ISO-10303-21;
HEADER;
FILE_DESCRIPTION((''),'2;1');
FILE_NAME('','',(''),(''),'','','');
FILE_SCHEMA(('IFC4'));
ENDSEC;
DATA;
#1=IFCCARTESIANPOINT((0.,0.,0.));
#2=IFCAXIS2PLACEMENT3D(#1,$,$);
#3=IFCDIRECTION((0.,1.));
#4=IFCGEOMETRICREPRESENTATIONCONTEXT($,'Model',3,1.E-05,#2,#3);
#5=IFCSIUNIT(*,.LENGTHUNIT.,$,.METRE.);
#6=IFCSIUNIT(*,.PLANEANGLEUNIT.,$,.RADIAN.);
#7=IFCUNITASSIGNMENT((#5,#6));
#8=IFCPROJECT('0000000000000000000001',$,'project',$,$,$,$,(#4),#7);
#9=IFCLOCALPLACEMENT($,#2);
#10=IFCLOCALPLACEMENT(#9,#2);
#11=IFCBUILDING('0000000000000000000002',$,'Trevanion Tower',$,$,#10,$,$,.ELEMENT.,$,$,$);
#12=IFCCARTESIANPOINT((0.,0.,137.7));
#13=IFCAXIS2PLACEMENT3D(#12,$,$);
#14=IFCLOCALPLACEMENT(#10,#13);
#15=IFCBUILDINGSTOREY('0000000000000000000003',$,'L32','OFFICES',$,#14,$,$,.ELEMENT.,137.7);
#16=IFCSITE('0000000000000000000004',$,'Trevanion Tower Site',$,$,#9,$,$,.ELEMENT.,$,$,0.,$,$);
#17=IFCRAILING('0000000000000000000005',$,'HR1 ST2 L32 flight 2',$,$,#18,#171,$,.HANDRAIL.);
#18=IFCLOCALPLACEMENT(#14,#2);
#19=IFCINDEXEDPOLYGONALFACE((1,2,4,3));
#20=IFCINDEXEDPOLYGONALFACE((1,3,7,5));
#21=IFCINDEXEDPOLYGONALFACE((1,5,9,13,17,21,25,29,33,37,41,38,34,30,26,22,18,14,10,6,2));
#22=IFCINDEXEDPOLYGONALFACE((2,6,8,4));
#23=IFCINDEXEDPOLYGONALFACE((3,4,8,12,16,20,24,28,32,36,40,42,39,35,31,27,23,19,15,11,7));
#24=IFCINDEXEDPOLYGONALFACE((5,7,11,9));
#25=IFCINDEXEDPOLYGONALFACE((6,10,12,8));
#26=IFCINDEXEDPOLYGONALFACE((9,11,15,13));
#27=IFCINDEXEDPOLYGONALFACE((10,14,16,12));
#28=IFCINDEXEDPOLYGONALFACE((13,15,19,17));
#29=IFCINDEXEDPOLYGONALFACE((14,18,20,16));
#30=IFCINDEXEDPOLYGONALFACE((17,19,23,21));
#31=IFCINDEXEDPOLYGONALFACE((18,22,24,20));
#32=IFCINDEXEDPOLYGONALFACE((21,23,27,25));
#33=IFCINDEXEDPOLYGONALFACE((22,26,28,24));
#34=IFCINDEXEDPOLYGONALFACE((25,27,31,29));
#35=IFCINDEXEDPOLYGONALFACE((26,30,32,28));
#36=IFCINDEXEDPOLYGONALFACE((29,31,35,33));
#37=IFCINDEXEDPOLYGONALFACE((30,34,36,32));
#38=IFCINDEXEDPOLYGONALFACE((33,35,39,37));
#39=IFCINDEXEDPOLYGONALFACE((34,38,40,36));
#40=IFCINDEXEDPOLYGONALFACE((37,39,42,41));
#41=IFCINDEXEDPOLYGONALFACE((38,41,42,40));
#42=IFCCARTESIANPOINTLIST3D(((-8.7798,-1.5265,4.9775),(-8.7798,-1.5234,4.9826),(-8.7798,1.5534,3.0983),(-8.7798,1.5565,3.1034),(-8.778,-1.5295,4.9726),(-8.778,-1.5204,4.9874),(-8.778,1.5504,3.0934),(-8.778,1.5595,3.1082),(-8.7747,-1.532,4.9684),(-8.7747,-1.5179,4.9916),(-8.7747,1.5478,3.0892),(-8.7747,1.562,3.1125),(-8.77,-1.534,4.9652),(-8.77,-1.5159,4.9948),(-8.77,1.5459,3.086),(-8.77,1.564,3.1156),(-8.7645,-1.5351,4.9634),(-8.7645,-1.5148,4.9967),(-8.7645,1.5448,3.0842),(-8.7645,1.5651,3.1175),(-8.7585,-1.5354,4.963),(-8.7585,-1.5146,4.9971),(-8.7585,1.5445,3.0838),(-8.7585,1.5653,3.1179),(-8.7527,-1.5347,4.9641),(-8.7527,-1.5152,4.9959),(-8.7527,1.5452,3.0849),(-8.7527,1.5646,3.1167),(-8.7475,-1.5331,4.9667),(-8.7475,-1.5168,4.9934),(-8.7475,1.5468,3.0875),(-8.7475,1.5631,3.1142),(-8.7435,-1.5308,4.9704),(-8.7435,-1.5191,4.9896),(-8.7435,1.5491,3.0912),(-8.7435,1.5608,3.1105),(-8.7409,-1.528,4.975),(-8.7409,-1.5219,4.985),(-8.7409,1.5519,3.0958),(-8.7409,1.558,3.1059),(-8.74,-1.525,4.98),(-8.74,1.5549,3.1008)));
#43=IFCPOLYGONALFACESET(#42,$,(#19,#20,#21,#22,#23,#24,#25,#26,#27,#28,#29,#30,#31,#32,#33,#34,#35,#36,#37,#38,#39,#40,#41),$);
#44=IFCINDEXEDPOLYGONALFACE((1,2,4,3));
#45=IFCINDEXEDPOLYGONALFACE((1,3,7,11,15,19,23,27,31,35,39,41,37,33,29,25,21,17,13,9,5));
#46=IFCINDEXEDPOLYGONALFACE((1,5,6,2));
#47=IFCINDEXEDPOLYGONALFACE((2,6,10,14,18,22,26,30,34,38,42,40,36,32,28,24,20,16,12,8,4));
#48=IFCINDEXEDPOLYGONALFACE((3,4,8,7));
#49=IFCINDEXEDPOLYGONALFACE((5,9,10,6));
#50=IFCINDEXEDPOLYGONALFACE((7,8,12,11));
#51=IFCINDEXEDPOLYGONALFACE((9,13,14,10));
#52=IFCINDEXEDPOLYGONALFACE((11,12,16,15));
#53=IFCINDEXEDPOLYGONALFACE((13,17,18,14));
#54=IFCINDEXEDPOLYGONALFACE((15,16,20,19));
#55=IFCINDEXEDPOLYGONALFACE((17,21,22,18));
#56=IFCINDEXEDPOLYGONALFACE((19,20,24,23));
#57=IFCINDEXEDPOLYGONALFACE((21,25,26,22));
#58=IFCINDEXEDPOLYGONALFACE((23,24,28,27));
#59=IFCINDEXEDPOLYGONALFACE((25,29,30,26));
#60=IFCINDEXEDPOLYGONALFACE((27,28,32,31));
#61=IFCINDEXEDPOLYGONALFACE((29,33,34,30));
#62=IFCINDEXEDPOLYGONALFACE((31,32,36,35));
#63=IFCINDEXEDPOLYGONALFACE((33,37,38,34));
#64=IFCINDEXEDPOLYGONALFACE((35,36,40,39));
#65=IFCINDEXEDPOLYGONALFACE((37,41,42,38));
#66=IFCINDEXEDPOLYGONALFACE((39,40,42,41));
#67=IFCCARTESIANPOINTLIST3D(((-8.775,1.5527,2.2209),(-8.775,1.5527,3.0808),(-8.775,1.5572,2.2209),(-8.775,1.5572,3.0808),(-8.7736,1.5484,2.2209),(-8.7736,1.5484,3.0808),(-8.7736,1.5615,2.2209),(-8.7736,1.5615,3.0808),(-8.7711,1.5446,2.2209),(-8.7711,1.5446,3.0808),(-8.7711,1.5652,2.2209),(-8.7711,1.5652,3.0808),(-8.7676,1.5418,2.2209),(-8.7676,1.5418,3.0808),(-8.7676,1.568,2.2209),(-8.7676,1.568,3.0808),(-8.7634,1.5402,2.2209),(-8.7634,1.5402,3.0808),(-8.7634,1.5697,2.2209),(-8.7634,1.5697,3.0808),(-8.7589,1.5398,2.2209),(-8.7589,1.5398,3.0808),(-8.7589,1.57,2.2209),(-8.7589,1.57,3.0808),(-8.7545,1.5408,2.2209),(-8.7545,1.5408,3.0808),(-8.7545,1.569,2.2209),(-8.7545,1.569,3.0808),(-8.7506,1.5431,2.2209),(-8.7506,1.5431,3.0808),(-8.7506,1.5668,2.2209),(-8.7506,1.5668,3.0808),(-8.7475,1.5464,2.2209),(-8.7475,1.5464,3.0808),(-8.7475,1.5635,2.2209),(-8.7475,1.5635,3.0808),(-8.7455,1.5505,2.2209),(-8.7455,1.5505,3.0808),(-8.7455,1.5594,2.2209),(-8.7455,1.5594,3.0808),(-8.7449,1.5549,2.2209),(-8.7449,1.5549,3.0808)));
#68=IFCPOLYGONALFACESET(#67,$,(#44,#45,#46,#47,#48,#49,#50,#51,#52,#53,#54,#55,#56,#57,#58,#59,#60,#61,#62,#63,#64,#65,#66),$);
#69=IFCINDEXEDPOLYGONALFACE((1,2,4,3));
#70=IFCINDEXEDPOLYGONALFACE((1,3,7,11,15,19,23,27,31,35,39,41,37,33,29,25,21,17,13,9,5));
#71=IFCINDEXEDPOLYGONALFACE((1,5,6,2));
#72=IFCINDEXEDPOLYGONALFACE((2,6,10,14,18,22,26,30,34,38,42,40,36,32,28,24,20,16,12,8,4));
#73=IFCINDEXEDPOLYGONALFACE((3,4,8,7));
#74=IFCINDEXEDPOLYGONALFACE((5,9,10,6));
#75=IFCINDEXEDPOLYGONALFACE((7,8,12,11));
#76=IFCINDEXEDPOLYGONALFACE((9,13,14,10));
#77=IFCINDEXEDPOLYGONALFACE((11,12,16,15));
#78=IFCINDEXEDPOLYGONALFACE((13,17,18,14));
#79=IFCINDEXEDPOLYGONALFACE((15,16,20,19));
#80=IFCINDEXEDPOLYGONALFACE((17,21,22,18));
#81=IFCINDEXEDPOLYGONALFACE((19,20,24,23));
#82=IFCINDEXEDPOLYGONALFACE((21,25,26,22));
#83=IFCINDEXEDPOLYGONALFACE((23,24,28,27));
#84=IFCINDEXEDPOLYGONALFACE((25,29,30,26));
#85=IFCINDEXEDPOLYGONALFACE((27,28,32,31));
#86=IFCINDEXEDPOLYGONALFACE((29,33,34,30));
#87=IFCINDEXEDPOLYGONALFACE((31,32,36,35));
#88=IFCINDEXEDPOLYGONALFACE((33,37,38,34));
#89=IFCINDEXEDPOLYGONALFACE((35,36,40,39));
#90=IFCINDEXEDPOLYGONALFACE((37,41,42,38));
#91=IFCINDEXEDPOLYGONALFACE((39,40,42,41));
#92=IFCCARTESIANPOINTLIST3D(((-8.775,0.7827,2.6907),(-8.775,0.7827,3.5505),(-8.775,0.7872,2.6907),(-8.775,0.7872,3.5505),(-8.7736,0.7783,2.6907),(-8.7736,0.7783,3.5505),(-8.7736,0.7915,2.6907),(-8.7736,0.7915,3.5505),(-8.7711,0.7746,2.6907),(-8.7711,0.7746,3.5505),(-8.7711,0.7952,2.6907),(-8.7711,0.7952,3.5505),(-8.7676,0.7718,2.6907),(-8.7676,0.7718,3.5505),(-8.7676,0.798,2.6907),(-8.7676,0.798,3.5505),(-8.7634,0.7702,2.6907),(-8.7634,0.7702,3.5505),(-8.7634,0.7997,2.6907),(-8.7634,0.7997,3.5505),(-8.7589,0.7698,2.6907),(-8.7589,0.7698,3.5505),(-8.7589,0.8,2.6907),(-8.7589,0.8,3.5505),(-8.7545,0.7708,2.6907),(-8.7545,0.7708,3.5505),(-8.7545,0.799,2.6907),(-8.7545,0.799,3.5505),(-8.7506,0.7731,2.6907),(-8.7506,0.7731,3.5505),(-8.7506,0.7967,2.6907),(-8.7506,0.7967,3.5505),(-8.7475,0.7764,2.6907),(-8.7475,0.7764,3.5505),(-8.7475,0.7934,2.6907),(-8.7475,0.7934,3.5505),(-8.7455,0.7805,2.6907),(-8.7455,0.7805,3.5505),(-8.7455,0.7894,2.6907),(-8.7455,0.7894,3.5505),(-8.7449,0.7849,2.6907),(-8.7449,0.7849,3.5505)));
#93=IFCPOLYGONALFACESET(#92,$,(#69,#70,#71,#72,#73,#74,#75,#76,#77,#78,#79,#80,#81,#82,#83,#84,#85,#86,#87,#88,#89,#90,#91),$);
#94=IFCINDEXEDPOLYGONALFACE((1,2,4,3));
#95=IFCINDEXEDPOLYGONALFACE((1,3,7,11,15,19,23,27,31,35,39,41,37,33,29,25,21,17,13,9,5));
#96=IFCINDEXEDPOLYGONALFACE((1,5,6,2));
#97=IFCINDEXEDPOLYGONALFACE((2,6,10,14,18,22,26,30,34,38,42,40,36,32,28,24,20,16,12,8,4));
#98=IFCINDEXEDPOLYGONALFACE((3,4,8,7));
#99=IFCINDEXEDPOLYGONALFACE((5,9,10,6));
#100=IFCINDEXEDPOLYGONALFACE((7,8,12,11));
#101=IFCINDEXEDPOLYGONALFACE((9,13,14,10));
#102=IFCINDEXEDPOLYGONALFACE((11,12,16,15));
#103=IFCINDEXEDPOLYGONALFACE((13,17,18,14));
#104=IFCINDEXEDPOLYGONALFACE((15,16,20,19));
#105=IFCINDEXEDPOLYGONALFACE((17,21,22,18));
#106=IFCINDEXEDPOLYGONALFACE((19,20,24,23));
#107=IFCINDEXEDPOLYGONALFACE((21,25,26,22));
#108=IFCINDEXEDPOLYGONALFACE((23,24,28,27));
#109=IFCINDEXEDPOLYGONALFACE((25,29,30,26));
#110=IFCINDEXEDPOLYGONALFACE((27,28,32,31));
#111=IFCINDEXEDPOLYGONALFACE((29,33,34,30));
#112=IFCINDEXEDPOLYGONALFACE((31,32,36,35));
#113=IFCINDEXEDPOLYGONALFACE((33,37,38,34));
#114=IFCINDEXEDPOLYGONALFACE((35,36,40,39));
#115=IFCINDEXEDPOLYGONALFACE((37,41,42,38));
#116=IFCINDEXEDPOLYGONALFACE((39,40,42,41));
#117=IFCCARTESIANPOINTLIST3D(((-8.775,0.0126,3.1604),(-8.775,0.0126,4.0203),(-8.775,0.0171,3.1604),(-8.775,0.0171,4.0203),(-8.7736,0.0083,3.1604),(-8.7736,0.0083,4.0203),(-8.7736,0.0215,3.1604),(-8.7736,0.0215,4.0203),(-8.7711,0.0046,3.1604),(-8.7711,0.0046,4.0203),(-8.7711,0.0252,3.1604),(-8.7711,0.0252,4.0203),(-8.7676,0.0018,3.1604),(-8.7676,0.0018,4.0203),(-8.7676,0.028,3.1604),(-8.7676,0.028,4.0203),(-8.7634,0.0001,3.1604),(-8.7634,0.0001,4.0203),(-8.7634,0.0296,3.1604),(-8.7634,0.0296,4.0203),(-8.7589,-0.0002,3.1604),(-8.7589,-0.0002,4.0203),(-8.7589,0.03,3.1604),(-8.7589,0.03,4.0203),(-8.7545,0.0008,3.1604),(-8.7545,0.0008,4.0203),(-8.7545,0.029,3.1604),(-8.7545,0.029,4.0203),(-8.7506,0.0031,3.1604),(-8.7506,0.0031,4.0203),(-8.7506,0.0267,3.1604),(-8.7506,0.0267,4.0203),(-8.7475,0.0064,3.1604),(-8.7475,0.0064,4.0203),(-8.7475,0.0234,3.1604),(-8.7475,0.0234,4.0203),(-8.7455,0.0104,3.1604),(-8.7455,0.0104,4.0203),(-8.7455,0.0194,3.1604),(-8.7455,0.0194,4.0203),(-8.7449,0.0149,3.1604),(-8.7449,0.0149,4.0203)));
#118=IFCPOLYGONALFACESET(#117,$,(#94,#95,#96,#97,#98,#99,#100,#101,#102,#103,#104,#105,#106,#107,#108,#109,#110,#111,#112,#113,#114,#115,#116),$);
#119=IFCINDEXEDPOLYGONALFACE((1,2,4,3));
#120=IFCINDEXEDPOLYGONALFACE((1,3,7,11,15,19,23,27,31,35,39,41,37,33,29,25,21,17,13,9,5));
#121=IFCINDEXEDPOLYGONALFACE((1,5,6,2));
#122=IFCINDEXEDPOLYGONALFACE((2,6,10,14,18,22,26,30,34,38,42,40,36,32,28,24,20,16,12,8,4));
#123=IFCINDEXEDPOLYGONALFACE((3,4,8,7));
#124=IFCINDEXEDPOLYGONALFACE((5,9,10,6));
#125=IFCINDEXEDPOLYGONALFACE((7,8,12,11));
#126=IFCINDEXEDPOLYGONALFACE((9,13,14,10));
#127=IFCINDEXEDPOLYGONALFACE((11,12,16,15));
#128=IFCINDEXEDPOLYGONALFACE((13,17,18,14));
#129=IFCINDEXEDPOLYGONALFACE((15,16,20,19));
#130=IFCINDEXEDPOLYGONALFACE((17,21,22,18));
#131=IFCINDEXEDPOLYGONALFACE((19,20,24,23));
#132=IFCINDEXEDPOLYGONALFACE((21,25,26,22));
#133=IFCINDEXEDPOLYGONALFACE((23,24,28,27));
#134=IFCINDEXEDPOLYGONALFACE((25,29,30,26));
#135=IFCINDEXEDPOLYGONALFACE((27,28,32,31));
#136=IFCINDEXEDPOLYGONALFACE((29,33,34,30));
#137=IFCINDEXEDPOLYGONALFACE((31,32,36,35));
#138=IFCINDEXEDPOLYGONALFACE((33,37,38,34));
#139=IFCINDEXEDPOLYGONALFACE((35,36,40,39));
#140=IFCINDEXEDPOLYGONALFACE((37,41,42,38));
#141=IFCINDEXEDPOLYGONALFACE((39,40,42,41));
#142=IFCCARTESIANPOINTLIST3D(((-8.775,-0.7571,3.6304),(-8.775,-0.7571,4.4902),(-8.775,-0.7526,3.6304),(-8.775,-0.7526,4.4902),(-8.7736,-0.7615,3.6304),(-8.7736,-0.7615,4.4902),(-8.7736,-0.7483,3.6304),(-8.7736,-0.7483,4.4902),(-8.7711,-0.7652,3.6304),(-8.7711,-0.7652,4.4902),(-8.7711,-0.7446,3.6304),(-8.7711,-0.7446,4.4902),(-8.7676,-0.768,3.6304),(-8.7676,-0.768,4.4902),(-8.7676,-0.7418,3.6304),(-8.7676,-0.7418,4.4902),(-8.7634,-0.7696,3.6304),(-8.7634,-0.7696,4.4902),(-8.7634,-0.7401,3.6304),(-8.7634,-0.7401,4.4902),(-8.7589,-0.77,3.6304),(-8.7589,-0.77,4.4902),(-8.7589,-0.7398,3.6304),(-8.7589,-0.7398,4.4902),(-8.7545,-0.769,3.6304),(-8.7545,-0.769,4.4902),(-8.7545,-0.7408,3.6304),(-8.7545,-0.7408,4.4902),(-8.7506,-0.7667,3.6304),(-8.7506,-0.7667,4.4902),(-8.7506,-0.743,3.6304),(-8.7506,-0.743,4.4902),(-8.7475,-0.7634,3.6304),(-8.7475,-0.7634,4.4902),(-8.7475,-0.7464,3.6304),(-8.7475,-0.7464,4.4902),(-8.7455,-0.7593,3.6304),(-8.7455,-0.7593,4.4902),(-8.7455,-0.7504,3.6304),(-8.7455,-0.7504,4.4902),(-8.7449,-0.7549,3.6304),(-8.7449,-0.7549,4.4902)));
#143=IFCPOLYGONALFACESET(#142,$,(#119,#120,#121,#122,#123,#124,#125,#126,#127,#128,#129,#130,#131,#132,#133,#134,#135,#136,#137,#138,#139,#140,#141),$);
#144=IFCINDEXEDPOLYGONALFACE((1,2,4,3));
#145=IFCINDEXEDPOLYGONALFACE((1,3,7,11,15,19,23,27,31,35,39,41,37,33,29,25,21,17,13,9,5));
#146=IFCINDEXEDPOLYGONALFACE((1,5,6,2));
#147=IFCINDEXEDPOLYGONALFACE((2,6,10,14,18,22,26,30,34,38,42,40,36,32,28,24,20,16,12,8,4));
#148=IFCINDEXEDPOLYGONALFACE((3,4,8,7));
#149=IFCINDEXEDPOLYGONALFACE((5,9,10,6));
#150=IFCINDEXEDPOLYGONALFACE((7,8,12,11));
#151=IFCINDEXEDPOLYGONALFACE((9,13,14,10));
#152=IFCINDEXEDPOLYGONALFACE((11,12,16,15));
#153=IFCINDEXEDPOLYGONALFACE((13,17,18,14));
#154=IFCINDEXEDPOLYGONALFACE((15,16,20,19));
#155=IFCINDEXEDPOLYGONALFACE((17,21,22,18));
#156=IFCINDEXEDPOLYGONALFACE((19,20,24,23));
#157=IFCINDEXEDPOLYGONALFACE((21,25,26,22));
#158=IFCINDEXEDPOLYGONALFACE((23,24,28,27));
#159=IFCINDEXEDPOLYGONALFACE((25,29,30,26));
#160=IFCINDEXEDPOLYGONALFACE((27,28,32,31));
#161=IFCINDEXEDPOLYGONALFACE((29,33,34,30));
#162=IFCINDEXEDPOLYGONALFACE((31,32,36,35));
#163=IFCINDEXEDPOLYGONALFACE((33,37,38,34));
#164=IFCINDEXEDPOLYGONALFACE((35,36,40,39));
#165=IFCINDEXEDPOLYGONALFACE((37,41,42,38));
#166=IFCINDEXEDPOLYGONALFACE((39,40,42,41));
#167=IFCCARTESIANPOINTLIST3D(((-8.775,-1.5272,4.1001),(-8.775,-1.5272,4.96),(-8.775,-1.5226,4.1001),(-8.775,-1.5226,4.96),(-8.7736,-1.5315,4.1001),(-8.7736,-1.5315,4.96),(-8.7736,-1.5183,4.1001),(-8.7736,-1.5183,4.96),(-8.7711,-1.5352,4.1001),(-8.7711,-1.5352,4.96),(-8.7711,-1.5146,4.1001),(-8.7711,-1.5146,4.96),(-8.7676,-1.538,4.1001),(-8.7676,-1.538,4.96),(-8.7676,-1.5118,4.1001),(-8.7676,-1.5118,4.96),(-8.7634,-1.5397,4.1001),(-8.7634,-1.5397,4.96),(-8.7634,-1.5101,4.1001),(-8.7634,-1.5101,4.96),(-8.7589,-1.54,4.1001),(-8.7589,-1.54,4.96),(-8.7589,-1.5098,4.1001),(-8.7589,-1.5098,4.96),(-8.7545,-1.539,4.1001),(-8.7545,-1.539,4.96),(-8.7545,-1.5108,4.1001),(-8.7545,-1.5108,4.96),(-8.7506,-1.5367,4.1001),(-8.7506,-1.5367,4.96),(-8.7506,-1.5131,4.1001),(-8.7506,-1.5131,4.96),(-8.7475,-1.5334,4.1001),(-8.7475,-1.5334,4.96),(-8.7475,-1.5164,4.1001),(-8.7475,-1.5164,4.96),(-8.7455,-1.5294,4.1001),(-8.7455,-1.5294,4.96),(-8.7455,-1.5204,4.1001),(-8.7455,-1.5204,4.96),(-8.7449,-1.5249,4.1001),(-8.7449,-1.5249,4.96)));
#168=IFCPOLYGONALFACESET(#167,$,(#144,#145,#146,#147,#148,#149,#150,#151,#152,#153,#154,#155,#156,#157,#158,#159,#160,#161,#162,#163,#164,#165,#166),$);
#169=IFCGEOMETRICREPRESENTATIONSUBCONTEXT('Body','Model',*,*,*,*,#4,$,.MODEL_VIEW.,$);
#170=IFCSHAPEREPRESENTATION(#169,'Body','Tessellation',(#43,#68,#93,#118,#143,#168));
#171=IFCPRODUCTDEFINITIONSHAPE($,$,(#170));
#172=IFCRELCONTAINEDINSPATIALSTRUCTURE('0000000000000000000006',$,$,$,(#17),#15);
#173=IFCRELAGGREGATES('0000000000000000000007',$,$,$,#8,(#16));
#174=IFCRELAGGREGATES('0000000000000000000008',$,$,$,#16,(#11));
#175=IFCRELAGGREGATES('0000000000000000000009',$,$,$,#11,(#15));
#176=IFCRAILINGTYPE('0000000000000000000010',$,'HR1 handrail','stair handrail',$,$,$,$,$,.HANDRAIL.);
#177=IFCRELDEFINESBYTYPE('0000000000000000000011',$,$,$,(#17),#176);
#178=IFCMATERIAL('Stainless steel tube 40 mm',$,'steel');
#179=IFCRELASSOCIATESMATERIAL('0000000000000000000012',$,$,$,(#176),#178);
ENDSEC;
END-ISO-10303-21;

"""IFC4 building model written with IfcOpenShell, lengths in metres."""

from ifc_helpers import new_model, si_unit, direction, frame, origin, origin_2d, place, context, subcontext, project, spatial, circle, extrude, material, type_object, element, save


model = new_model("IFC4")

# Units and contexts
model_context = context("Model", 3, precision=1e-05, world=origin(), true_north=direction((0.0, 1.0)))
body_context = subcontext(model_context, "Body", "Model", "MODEL_VIEW")
ifc_project = project(units=[si_unit("LENGTHUNIT", "METRE"), si_unit("PLANEANGLEUNIT", "RADIAN")], contexts=[model_context])

# Site, building, storey
site_placement = place(None, origin())
site = spatial("IfcSite", under=ifc_project, at=site_placement, Name="Trevanion Tower Site", CompositionType="ELEMENT", RefElevation=0.0)
building_placement = place(site_placement, origin())
building = spatial("IfcBuilding", under=site, at=building_placement, Name="Trevanion Tower", CompositionType="ELEMENT")
storey_placement = place(building_placement, frame((0.0, 0.0, 137.7)))
storey = spatial("IfcBuildingStorey", under=building, at=storey_placement, Name="L32", Description="OFFICES", CompositionType="ELEMENT", Elevation=137.7)

# Railing
ifc_material_1 = material(Name="Stainless steel tube 40 mm", Category="steel")
railing_type = type_object("IfcRailingType", Name="HR1 handrail", Description="stair handrail", PredefinedType="HANDRAIL", material=ifc_material_1)
for number, where, name in (
    (1, (-8.76, 1.5549, 2.2209), "HR1 ST2 L32 flight 2"),
):
    element("IfcRailing", number, at=place(storey_placement, frame(where)), inside=storey, type_object=railing_type, Name=name, PredefinedType="HANDRAIL", context=body_context, shape_type="SweptSolid", body=[
        extrude(circle(Radius=0.02, at=origin_2d()), frame((0.0, 0.0, 0.8799), z_axis=(0.0, -0.853648, 0.52085), x_axis=(1.0, 0.0, 0.0)), (0.0, 0.0, 1.0), 3.6079),
        extrude(circle(Radius=0.0151, at=origin_2d()), origin(), (0.0, 0.0, 1.0), 0.8599),
        extrude(circle(Radius=0.0151, at=origin_2d()), frame((0.0, -0.77, 0.4697)), (0.0, 0.0, 1.0), 0.8599),
        extrude(circle(Radius=0.0151, at=origin_2d()), frame((0.0, -1.54, 0.9395)), (0.0, 0.0, 1.0), 0.8599),
        extrude(circle(Radius=0.0151, at=origin_2d()), frame((0.0, -2.3098, 1.4094)), (0.0, 0.0, 1.0), 0.8599),
        extrude(circle(Radius=0.0151, at=origin_2d()), frame((0.0, -3.0798, 1.8792)), (0.0, 0.0, 1.0), 0.8599),
    ])

save(model, "model.ifc")
